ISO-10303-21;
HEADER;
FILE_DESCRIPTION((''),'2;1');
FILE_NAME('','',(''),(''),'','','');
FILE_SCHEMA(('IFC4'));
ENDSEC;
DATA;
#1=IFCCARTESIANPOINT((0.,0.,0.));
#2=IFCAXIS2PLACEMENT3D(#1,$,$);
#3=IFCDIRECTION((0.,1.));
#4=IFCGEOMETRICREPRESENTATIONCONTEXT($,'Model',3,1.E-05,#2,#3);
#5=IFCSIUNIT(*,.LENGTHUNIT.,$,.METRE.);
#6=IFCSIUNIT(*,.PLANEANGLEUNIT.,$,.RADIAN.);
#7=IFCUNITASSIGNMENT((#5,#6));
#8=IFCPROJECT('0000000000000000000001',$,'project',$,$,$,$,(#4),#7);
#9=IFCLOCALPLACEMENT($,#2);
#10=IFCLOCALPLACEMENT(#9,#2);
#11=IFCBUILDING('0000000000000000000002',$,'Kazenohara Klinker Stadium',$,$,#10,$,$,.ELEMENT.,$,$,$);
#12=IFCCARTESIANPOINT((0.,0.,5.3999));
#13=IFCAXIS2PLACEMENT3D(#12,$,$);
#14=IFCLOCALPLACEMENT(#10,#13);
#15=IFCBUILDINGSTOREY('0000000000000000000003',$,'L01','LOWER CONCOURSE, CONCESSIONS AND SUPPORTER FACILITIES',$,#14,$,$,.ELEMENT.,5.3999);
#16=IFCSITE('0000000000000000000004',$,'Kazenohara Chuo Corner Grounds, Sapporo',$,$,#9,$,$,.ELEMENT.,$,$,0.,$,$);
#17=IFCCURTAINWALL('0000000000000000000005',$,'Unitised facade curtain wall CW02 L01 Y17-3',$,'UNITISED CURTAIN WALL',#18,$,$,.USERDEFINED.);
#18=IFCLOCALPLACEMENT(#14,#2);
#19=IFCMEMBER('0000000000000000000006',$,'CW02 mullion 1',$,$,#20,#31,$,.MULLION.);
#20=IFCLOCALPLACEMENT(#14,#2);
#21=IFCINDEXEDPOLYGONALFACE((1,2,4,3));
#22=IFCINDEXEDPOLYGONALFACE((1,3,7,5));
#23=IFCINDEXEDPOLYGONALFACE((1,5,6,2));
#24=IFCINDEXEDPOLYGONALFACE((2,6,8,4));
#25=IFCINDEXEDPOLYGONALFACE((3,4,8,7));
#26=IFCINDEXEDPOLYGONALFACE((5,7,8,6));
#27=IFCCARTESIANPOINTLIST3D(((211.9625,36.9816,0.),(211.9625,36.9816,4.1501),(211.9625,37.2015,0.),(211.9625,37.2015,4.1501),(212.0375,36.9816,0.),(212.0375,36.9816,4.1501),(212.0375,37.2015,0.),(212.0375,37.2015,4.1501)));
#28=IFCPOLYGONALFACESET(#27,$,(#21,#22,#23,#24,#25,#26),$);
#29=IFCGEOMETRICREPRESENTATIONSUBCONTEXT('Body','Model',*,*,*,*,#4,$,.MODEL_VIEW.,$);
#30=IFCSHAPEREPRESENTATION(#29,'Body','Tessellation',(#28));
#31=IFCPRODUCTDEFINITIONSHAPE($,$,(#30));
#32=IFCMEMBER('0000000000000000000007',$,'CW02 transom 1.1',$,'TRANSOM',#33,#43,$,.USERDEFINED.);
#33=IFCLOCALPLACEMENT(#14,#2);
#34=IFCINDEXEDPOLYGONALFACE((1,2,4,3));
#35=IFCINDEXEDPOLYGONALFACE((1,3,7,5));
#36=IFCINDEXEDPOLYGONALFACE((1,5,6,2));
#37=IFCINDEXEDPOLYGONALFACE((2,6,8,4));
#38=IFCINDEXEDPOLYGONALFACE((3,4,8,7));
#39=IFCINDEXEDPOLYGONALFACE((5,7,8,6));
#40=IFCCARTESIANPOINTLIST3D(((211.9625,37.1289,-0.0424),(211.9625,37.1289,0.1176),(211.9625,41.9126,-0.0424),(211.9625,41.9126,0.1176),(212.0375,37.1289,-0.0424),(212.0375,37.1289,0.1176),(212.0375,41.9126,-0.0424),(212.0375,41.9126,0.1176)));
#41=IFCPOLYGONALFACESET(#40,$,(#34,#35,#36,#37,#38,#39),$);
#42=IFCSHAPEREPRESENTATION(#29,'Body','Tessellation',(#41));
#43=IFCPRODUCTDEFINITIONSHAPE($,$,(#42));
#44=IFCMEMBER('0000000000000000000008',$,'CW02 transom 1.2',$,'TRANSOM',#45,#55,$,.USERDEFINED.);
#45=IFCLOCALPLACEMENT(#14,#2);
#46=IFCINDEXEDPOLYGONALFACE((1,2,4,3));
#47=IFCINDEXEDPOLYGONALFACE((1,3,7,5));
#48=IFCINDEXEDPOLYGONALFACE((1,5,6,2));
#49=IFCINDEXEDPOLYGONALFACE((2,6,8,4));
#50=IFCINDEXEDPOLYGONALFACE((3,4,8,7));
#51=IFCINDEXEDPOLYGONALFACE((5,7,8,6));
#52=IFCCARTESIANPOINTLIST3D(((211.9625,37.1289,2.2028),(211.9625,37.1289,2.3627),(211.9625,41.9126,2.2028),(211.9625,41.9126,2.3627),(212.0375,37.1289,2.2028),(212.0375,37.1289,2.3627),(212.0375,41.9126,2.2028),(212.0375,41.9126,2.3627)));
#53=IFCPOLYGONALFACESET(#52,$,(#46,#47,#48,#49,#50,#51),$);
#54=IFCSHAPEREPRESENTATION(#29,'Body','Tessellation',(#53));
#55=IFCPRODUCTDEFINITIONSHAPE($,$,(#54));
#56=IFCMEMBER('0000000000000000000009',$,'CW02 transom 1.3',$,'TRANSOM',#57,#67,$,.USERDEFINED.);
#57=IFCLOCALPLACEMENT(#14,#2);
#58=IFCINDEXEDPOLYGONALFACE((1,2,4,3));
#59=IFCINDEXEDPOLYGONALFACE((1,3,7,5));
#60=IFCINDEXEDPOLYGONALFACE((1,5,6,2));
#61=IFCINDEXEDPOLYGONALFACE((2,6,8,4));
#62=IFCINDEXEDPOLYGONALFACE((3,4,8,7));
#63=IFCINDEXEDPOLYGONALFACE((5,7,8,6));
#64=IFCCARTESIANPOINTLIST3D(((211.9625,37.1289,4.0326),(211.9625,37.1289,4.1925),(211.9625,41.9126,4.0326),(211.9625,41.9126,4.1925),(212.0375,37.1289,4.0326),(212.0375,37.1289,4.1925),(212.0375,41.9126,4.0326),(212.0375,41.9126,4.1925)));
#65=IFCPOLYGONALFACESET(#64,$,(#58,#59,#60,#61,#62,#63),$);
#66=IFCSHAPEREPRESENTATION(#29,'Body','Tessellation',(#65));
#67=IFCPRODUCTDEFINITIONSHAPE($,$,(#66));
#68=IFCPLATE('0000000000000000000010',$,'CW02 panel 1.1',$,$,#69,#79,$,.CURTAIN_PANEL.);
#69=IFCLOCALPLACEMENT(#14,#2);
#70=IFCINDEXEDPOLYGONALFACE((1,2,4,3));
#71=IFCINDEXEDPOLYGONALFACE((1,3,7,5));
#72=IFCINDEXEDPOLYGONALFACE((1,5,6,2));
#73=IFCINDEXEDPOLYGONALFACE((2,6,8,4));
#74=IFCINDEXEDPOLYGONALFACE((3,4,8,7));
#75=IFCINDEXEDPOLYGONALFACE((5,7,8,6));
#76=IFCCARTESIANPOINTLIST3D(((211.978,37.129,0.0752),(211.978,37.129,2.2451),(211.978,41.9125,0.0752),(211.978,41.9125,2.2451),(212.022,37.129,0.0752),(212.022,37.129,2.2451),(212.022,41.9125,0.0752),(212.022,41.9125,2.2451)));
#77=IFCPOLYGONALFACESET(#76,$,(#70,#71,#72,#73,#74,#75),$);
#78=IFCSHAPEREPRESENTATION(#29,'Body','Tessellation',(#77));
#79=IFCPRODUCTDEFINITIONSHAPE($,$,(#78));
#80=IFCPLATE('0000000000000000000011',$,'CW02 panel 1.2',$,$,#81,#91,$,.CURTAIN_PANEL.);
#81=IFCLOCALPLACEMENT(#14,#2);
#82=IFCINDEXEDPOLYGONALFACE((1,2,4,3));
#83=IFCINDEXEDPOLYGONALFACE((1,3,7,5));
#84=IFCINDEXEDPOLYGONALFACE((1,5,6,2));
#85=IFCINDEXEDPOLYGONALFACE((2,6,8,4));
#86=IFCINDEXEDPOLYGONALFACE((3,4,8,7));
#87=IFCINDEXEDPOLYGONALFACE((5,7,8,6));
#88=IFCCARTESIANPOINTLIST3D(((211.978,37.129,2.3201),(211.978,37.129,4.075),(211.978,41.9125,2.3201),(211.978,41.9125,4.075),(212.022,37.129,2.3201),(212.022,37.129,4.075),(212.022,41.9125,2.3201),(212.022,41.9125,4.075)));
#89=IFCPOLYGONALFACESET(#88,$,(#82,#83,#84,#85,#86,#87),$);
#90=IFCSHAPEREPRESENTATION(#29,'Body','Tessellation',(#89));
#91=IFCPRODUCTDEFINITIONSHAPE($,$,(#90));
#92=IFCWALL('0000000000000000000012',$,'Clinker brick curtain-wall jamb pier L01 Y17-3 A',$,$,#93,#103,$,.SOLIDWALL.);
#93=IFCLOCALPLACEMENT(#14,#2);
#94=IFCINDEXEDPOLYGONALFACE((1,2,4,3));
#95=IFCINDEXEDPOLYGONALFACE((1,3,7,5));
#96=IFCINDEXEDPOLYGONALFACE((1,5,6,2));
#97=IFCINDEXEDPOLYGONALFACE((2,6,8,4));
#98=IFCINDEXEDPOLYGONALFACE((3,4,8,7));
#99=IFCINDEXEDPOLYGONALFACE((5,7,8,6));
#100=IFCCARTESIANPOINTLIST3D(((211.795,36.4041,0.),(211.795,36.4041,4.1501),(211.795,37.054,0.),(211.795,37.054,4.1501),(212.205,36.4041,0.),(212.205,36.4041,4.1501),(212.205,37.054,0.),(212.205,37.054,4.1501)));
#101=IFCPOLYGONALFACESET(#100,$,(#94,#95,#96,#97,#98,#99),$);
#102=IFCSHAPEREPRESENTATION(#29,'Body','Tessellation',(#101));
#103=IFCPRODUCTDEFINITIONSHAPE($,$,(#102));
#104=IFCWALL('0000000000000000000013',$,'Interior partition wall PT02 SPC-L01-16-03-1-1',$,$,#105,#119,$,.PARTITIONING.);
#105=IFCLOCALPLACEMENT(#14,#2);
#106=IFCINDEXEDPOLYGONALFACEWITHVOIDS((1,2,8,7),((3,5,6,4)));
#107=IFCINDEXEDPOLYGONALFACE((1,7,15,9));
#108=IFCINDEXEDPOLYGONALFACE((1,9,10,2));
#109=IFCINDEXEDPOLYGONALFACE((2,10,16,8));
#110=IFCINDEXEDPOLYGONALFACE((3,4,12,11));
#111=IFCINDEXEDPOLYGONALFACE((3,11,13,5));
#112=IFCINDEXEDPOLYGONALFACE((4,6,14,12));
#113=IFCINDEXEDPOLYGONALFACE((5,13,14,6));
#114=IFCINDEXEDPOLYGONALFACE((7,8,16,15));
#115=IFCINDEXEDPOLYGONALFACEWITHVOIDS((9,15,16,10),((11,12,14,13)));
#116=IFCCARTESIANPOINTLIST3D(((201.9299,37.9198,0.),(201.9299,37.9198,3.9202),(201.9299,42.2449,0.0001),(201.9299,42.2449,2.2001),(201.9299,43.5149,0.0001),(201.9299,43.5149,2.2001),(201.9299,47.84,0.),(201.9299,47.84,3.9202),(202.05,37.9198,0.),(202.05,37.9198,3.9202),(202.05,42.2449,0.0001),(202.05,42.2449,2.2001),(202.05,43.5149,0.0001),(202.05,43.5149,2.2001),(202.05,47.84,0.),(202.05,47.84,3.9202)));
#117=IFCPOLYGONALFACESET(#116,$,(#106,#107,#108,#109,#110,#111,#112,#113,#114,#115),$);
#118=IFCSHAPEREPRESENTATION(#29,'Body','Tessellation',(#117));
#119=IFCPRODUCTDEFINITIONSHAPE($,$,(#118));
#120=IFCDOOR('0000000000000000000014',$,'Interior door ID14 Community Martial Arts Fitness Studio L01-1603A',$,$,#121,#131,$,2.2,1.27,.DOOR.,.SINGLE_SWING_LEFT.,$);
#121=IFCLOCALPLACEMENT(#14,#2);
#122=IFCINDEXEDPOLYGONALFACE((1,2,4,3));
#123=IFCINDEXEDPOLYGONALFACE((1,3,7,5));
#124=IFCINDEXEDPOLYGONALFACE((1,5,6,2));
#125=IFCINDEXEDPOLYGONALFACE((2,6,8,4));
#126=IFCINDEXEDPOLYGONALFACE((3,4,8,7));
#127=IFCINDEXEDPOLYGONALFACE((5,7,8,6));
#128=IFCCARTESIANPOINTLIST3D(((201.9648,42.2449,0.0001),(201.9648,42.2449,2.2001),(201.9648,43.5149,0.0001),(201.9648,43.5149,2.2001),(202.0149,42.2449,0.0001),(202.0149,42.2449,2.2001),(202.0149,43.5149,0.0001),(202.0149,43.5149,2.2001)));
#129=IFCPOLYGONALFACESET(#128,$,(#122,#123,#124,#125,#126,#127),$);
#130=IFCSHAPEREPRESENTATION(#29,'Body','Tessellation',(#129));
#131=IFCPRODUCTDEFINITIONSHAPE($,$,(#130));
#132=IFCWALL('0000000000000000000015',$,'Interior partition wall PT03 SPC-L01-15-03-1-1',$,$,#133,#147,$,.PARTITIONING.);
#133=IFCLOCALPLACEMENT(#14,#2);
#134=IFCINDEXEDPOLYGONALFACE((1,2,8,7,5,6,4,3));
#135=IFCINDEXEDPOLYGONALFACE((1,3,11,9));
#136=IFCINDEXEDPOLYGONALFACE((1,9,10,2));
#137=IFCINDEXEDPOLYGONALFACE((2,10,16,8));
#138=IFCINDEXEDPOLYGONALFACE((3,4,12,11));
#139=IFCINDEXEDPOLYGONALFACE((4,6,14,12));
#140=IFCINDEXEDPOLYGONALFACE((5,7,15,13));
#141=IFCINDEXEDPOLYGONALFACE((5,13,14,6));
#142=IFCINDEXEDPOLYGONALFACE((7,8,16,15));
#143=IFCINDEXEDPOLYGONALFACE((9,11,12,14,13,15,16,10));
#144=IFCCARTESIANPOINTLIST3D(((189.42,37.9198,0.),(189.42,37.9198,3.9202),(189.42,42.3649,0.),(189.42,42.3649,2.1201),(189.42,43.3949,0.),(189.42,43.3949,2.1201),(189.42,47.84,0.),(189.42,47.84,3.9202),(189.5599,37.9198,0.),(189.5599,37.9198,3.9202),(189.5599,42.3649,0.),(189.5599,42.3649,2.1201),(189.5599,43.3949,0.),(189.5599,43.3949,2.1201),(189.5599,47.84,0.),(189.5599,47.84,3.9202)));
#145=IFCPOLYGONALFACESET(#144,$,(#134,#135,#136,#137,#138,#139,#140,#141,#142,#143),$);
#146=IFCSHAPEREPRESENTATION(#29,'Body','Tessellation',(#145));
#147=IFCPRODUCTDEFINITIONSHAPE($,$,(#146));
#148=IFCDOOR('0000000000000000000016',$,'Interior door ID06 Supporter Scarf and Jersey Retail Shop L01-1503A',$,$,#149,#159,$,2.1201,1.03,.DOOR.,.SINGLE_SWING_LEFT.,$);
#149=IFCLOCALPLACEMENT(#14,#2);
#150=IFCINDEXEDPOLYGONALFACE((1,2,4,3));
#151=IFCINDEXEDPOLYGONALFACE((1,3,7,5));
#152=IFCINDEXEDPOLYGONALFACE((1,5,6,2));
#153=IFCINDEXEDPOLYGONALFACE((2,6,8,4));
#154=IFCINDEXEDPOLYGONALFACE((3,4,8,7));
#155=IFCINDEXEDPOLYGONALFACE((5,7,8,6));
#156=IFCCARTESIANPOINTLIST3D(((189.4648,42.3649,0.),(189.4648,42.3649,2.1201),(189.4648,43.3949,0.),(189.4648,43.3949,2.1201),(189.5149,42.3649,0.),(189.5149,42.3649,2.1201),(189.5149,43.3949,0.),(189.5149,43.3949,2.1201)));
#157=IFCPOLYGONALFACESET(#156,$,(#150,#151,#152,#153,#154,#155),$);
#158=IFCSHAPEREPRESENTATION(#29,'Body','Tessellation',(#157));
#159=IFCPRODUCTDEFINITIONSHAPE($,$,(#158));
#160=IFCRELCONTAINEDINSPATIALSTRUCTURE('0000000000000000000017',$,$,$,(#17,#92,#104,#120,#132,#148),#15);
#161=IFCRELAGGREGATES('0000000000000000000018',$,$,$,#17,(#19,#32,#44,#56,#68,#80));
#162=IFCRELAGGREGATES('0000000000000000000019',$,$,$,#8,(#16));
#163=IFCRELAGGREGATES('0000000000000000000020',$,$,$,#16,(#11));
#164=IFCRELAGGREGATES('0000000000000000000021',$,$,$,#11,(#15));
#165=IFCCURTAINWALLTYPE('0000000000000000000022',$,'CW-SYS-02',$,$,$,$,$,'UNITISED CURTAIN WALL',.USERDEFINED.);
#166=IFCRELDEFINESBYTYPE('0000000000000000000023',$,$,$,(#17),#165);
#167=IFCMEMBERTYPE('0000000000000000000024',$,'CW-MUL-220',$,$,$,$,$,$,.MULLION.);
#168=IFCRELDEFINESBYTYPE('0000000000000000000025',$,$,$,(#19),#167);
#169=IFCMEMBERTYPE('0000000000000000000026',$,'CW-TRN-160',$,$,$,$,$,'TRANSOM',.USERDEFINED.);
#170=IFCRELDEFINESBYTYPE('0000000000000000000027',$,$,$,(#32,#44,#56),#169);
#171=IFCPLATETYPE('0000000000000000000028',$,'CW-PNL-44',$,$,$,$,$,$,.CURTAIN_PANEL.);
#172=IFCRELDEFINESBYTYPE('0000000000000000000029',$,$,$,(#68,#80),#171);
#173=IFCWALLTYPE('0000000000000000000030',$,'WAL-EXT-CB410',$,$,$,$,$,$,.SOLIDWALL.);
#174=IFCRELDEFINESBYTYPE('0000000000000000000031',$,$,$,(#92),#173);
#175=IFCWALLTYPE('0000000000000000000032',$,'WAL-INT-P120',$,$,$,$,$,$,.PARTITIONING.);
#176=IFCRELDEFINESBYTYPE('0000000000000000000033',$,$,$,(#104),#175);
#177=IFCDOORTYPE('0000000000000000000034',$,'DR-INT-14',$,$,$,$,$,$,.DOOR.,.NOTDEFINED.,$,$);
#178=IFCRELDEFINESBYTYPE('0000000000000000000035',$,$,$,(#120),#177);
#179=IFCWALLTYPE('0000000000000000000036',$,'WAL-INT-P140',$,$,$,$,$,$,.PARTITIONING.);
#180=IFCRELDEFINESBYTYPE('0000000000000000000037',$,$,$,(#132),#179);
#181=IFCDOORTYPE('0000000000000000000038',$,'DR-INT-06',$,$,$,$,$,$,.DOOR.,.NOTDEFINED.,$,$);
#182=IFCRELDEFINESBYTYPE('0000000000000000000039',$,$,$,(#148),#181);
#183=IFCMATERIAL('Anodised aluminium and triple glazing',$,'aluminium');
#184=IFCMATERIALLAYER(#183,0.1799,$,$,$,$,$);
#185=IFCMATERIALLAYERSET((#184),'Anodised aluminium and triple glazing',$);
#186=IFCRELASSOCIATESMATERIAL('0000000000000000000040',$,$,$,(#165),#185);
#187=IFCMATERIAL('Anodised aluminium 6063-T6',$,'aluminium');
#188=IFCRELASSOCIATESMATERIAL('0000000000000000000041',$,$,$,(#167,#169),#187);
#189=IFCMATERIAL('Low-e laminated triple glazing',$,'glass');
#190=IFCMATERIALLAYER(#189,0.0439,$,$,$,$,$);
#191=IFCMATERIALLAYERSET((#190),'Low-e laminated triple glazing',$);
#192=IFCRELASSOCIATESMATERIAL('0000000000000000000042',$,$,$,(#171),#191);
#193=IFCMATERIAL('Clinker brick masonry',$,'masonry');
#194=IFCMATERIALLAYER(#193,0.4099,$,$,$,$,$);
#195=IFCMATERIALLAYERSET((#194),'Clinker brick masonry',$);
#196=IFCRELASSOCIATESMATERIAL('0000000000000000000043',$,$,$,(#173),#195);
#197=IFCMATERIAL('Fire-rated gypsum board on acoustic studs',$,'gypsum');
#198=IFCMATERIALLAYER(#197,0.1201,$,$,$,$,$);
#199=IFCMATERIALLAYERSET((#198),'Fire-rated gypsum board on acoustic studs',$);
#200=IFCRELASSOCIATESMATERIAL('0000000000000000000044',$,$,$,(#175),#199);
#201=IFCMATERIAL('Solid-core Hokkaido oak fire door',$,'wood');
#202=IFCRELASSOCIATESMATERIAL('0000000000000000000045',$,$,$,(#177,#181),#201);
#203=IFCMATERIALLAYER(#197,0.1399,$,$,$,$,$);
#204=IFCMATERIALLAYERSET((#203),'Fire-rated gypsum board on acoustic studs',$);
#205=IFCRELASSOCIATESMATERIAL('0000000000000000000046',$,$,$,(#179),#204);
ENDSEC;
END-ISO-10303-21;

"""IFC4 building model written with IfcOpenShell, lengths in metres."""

from ifc_helpers import new_model, si_unit, direction, frame, frame_2d, origin, origin_2d, place, context, subcontext, project, spatial, rectangle, extrude, material, layer, layer_set, material_profile, profile_set, type_object, element, fill, aggregate, save


model = new_model("IFC4")

# Units and contexts
model_context = context("Model", 3, precision=1e-05, world=origin(), true_north=direction((0.0, 1.0)))
body_context = subcontext(model_context, "Body", "Model", "MODEL_VIEW")
ifc_project = project(units=[si_unit("LENGTHUNIT", "METRE"), si_unit("PLANEANGLEUNIT", "RADIAN")], contexts=[model_context])

# Site, building, storey
site_placement = place(None, origin())
site = spatial("IfcSite", under=ifc_project, at=site_placement, Name="Kazenohara Chuo Corner Grounds, Sapporo", CompositionType="ELEMENT", RefElevation=0.0)
building_placement = place(site_placement, origin())
building = spatial("IfcBuilding", under=site, at=building_placement, Name="Kazenohara Klinker Stadium", CompositionType="ELEMENT")
storey_placement = place(building_placement, frame((0.0, 0.0, 5.3999)))
storey = spatial("IfcBuildingStorey", under=building, at=storey_placement, Name="L01", Description="LOWER CONCOURSE, CONCESSIONS AND SUPPORTER FACILITIES", CompositionType="ELEMENT", Elevation=5.3999)

# Curtain wall, members, plates
ifc_material_1 = material(Name="Anodised aluminium and triple glazing", Category="aluminium")
ifc_layer_1 = layer(ifc_material_1, 0.1799)
ifc_layer_set_1 = layer_set([ifc_layer_1], Name="Anodised aluminium and triple glazing")
curtain_wall_type = type_object("IfcCurtainWallType", Name="CW-SYS-02", ElementType="UNITISED CURTAIN WALL", PredefinedType="USERDEFINED", material=ifc_layer_set_1)
curtain_wall_placement = place(storey_placement, origin())
curtain_wall = element("IfcCurtainWall", 1, at=curtain_wall_placement, inside=storey, type_object=curtain_wall_type, Name="Unitised facade curtain wall CW02 L01 Y17-3", ObjectType="UNITISED CURTAIN WALL", PredefinedType="USERDEFINED")
ifc_material_2 = material(Name="Anodised aluminium 6063-T6", Category="aluminium")
ifc_material_profile_1 = material_profile(ifc_material_2, rectangle(XDim=0.075, YDim=0.22, at=origin_2d()), Name="ALU-MUL-75x220")
ifc_profile_set_1 = profile_set([ifc_material_profile_1], Name="Anodised aluminium 6063-T6")
member_type_1 = type_object("IfcMemberType", Name="CW-MUL-220", PredefinedType="MULLION", material=ifc_profile_set_1)
member_1_placement = place(storey_placement, frame((212.0, 37.0916, 0.0), z_axis=(0.0, 0.0, 1.0), x_axis=(-1.0, 0.0, 0.0)))
member_1 = element("IfcMember", 2, at=member_1_placement, type_object=member_type_1, Name="CW02 mullion 1", PredefinedType="MULLION", context=body_context, shape_type="SweptSolid", body=[
    extrude(rectangle(XDim=0.075, YDim=0.22, at=origin_2d()), origin(), (0.0, 0.0, 1.0), 4.1501),
])
ifc_material_profile_2 = material_profile(ifc_material_2, rectangle(XDim=0.075, YDim=0.1599, at=origin_2d()), Name="ALU-TRN-75x160")
ifc_profile_set_2 = profile_set([ifc_material_profile_2], Name="Anodised aluminium 6063-T6")
member_type_2 = type_object("IfcMemberType", Name="CW-TRN-160", ElementType="TRANSOM", PredefinedType="USERDEFINED", material=ifc_profile_set_2)
member_2_placement = place(storey_placement, frame((212.0, 37.1289, 0.0376), z_axis=(0.0, 1.0, 0.0), x_axis=(-1.0, 0.0, 0.0)))
member_2 = element("IfcMember", 3, at=member_2_placement, type_object=member_type_2, Name="CW02 transom 1.1", ObjectType="TRANSOM", PredefinedType="USERDEFINED", context=body_context, shape_type="SweptSolid", body=[
    extrude(rectangle(XDim=0.075, YDim=0.1599, at=origin_2d()), origin(), (0.0, 0.0, 1.0), 4.7837),
])
member_3_placement = place(storey_placement, frame((212.0, 37.1289, 2.2827), z_axis=(0.0, 1.0, 0.0), x_axis=(-1.0, 0.0, 0.0)))
member_3 = element("IfcMember", 4, at=member_3_placement, type_object=member_type_2, Name="CW02 transom 1.2", ObjectType="TRANSOM", PredefinedType="USERDEFINED", context=body_context, shape_type="SweptSolid", body=[
    extrude(rectangle(XDim=0.075, YDim=0.1599, at=origin_2d()), origin(), (0.0, 0.0, 1.0), 4.7837),
])
member_4_placement = place(storey_placement, frame((212.0, 37.1289, 4.1125), z_axis=(0.0, 1.0, 0.0), x_axis=(-1.0, 0.0, 0.0)))
member_4 = element("IfcMember", 5, at=member_4_placement, type_object=member_type_2, Name="CW02 transom 1.3", ObjectType="TRANSOM", PredefinedType="USERDEFINED", context=body_context, shape_type="SweptSolid", body=[
    extrude(rectangle(XDim=0.075, YDim=0.1599, at=origin_2d()), origin(), (0.0, 0.0, 1.0), 4.7837),
])
ifc_material_3 = material(Name="Low-e laminated triple glazing", Category="glass")
ifc_layer_2 = layer(ifc_material_3, 0.0439)
ifc_layer_set_2 = layer_set([ifc_layer_2], Name="Low-e laminated triple glazing")
plate_type = type_object("IfcPlateType", Name="CW-PNL-44", PredefinedType="CURTAIN_PANEL", material=ifc_layer_set_2)
plate_1_placement = place(storey_placement, frame((212.0, 39.5208, 0.0752), z_axis=(0.0, 0.0, 1.0), x_axis=(0.0, 1.0, 0.0)))
plate_1 = element("IfcPlate", 6, at=plate_1_placement, type_object=plate_type, Name="CW02 panel 1.1", PredefinedType="CURTAIN_PANEL", context=body_context, shape_type="SweptSolid", body=[
    extrude(rectangle(XDim=4.7834, YDim=0.0439, at=origin_2d()), origin(), (0.0, 0.0, 1.0), 2.1699),
])
plate_2_placement = place(storey_placement, frame((212.0, 39.5208, 2.3201), z_axis=(0.0, 0.0, 1.0), x_axis=(0.0, 1.0, 0.0)))
plate_2 = element("IfcPlate", 7, at=plate_2_placement, type_object=plate_type, Name="CW02 panel 1.2", PredefinedType="CURTAIN_PANEL", context=body_context, shape_type="SweptSolid", body=[
    extrude(rectangle(XDim=4.7834, YDim=0.0439, at=origin_2d()), origin(), (0.0, 0.0, 1.0), 1.7549),
])
aggregate(curtain_wall, [member_1, member_2, member_3, member_4, plate_1, plate_2])

# Wall
ifc_material_4 = material(Name="Clinker brick masonry", Category="masonry")
ifc_layer_3 = layer(ifc_material_4, 0.4099)
ifc_layer_set_3 = layer_set([ifc_layer_3], Name="Clinker brick masonry")
wall_type_1 = type_object("IfcWallType", Name="WAL-EXT-CB410", PredefinedType="SOLIDWALL", material=ifc_layer_set_3)
wall_1_placement = place(storey_placement, frame((212.0, 36.4041, 0.0), z_axis=(0.0, 0.0, 1.0), x_axis=(0.0, 1.0, 0.0)))
element("IfcWall", 8, at=wall_1_placement, inside=storey, type_object=wall_type_1, Name="Clinker brick curtain-wall jamb pier L01 Y17-3 A", PredefinedType="SOLIDWALL", context=body_context, shape_type="SweptSolid", body=[
    extrude(rectangle(XDim=0.6499, YDim=0.4099, at=frame_2d((0.325, 0.0))), origin(), (0.0, 0.0, 1.0), 4.1501),
])

# Walls, openings, doors
ifc_material_5 = material(Name="Fire-rated gypsum board on acoustic studs", Category="gypsum")
ifc_layer_4 = layer(ifc_material_5, 0.1201)
ifc_layer_set_4 = layer_set([ifc_layer_4], Name="Fire-rated gypsum board on acoustic studs")
wall_type_2 = type_object("IfcWallType", Name="WAL-INT-P120", PredefinedType="PARTITIONING", material=ifc_layer_set_4)
wall_2_placement = place(storey_placement, frame((201.99, 37.9199, 0.0), z_axis=(0.0, 0.0, 1.0), x_axis=(0.0, 1.0, 0.0)))
wall_2 = element("IfcWall", 9, at=wall_2_placement, inside=storey, type_object=wall_type_2, Name="Interior partition wall PT02 SPC-L01-16-03-1-1", PredefinedType="PARTITIONING", context=body_context, shape_type="SweptSolid", body=[
    extrude(rectangle(XDim=9.9202, YDim=0.1201, at=frame_2d((4.96, 0.0))), origin(), (0.0, 0.0, 1.0), 3.9202),
])
opening_1_placement = place(wall_2_placement, frame((5.595, 0.0, 0.0), z_axis=(0.0, 0.0, 1.0), x_axis=(-1.0, 0.0, 0.0)))
opening_1 = element("IfcOpeningElement", 10, at=opening_1_placement, cuts=wall_2, PredefinedType="OPENING", context=body_context, shape_type="SweptSolid", body=[
    extrude(rectangle(XDim=1.27, YDim=2.2, at=frame_2d((0.635, 1.1001))), frame((0.0, 0.0701, 0.0), z_axis=(0.0, -1.0, 0.0), x_axis=(1.0, 0.0, 0.0)), (0.0, 0.0, 1.0), 0.1401),
])
ifc_material_6 = material(Name="Solid-core Hokkaido oak fire door", Category="wood")
door_type_1 = type_object("IfcDoorType", Name="DR-INT-14", OperationType="NOTDEFINED", PredefinedType="DOOR", material=ifc_material_6)
door_1_placement = place(opening_1_placement, origin())
door_1 = element("IfcDoor", 11, at=door_1_placement, inside=storey, type_object=door_type_1, Name="Interior door ID14 Community Martial Arts Fitness Studio L01-1603A", OperationType="SINGLE_SWING_LEFT", OverallHeight=2.2, OverallWidth=1.27, PredefinedType="DOOR", context=body_context, shape_type="SweptSolid", body=[
    extrude(rectangle(XDim=1.27, YDim=2.2, at=frame_2d((0.635, 1.1001))), frame((0.0, 0.0249, 0.0), z_axis=(0.0, -1.0, 0.0), x_axis=(1.0, 0.0, 0.0)), (0.0, 0.0, 1.0), 0.05),
])
fill(opening_1, door_1)
ifc_layer_5 = layer(ifc_material_5, 0.1399)
ifc_layer_set_5 = layer_set([ifc_layer_5], Name="Fire-rated gypsum board on acoustic studs")
wall_type_3 = type_object("IfcWallType", Name="WAL-INT-P140", PredefinedType="PARTITIONING", material=ifc_layer_set_5)
wall_3_placement = place(storey_placement, frame((189.49, 37.9199, 0.0), z_axis=(0.0, 0.0, 1.0), x_axis=(0.0, 1.0, 0.0)))
wall_3 = element("IfcWall", 12, at=wall_3_placement, inside=storey, type_object=wall_type_3, Name="Interior partition wall PT03 SPC-L01-15-03-1-1", PredefinedType="PARTITIONING", context=body_context, shape_type="SweptSolid", body=[
    extrude(rectangle(XDim=9.9202, YDim=0.1399, at=frame_2d((4.96, 0.0))), origin(), (0.0, 0.0, 1.0), 3.9202),
])
opening_2_placement = place(wall_3_placement, frame((5.4751, 0.0, 0.0), z_axis=(0.0, 0.0, 1.0), x_axis=(-1.0, 0.0, 0.0)))
opening_2 = element("IfcOpeningElement", 13, at=opening_2_placement, cuts=wall_3, PredefinedType="OPENING", context=body_context, shape_type="SweptSolid", body=[
    extrude(rectangle(XDim=1.03, YDim=2.1201, at=frame_2d((0.5151, 1.0601))), frame((0.0, 0.0801, 0.0), z_axis=(0.0, -1.0, 0.0), x_axis=(1.0, 0.0, 0.0)), (0.0, 0.0, 1.0), 0.1599),
])
door_type_2 = type_object("IfcDoorType", Name="DR-INT-06", OperationType="NOTDEFINED", PredefinedType="DOOR", material=ifc_material_6)
door_2_placement = place(opening_2_placement, origin())
door_2 = element("IfcDoor", 14, at=door_2_placement, inside=storey, type_object=door_type_2, Name="Interior door ID06 Supporter Scarf and Jersey Retail Shop L01-1503A", OperationType="SINGLE_SWING_LEFT", OverallHeight=2.1201, OverallWidth=1.03, PredefinedType="DOOR", context=body_context, shape_type="SweptSolid", body=[
    extrude(rectangle(XDim=1.03, YDim=2.1201, at=frame_2d((0.5151, 1.0601))), frame((0.0, 0.0249, 0.0), z_axis=(0.0, -1.0, 0.0), x_axis=(1.0, 0.0, 0.0)), (0.0, 0.0, 1.0), 0.05),
])
fill(opening_2, door_2)

save(model, "model.ifc")
